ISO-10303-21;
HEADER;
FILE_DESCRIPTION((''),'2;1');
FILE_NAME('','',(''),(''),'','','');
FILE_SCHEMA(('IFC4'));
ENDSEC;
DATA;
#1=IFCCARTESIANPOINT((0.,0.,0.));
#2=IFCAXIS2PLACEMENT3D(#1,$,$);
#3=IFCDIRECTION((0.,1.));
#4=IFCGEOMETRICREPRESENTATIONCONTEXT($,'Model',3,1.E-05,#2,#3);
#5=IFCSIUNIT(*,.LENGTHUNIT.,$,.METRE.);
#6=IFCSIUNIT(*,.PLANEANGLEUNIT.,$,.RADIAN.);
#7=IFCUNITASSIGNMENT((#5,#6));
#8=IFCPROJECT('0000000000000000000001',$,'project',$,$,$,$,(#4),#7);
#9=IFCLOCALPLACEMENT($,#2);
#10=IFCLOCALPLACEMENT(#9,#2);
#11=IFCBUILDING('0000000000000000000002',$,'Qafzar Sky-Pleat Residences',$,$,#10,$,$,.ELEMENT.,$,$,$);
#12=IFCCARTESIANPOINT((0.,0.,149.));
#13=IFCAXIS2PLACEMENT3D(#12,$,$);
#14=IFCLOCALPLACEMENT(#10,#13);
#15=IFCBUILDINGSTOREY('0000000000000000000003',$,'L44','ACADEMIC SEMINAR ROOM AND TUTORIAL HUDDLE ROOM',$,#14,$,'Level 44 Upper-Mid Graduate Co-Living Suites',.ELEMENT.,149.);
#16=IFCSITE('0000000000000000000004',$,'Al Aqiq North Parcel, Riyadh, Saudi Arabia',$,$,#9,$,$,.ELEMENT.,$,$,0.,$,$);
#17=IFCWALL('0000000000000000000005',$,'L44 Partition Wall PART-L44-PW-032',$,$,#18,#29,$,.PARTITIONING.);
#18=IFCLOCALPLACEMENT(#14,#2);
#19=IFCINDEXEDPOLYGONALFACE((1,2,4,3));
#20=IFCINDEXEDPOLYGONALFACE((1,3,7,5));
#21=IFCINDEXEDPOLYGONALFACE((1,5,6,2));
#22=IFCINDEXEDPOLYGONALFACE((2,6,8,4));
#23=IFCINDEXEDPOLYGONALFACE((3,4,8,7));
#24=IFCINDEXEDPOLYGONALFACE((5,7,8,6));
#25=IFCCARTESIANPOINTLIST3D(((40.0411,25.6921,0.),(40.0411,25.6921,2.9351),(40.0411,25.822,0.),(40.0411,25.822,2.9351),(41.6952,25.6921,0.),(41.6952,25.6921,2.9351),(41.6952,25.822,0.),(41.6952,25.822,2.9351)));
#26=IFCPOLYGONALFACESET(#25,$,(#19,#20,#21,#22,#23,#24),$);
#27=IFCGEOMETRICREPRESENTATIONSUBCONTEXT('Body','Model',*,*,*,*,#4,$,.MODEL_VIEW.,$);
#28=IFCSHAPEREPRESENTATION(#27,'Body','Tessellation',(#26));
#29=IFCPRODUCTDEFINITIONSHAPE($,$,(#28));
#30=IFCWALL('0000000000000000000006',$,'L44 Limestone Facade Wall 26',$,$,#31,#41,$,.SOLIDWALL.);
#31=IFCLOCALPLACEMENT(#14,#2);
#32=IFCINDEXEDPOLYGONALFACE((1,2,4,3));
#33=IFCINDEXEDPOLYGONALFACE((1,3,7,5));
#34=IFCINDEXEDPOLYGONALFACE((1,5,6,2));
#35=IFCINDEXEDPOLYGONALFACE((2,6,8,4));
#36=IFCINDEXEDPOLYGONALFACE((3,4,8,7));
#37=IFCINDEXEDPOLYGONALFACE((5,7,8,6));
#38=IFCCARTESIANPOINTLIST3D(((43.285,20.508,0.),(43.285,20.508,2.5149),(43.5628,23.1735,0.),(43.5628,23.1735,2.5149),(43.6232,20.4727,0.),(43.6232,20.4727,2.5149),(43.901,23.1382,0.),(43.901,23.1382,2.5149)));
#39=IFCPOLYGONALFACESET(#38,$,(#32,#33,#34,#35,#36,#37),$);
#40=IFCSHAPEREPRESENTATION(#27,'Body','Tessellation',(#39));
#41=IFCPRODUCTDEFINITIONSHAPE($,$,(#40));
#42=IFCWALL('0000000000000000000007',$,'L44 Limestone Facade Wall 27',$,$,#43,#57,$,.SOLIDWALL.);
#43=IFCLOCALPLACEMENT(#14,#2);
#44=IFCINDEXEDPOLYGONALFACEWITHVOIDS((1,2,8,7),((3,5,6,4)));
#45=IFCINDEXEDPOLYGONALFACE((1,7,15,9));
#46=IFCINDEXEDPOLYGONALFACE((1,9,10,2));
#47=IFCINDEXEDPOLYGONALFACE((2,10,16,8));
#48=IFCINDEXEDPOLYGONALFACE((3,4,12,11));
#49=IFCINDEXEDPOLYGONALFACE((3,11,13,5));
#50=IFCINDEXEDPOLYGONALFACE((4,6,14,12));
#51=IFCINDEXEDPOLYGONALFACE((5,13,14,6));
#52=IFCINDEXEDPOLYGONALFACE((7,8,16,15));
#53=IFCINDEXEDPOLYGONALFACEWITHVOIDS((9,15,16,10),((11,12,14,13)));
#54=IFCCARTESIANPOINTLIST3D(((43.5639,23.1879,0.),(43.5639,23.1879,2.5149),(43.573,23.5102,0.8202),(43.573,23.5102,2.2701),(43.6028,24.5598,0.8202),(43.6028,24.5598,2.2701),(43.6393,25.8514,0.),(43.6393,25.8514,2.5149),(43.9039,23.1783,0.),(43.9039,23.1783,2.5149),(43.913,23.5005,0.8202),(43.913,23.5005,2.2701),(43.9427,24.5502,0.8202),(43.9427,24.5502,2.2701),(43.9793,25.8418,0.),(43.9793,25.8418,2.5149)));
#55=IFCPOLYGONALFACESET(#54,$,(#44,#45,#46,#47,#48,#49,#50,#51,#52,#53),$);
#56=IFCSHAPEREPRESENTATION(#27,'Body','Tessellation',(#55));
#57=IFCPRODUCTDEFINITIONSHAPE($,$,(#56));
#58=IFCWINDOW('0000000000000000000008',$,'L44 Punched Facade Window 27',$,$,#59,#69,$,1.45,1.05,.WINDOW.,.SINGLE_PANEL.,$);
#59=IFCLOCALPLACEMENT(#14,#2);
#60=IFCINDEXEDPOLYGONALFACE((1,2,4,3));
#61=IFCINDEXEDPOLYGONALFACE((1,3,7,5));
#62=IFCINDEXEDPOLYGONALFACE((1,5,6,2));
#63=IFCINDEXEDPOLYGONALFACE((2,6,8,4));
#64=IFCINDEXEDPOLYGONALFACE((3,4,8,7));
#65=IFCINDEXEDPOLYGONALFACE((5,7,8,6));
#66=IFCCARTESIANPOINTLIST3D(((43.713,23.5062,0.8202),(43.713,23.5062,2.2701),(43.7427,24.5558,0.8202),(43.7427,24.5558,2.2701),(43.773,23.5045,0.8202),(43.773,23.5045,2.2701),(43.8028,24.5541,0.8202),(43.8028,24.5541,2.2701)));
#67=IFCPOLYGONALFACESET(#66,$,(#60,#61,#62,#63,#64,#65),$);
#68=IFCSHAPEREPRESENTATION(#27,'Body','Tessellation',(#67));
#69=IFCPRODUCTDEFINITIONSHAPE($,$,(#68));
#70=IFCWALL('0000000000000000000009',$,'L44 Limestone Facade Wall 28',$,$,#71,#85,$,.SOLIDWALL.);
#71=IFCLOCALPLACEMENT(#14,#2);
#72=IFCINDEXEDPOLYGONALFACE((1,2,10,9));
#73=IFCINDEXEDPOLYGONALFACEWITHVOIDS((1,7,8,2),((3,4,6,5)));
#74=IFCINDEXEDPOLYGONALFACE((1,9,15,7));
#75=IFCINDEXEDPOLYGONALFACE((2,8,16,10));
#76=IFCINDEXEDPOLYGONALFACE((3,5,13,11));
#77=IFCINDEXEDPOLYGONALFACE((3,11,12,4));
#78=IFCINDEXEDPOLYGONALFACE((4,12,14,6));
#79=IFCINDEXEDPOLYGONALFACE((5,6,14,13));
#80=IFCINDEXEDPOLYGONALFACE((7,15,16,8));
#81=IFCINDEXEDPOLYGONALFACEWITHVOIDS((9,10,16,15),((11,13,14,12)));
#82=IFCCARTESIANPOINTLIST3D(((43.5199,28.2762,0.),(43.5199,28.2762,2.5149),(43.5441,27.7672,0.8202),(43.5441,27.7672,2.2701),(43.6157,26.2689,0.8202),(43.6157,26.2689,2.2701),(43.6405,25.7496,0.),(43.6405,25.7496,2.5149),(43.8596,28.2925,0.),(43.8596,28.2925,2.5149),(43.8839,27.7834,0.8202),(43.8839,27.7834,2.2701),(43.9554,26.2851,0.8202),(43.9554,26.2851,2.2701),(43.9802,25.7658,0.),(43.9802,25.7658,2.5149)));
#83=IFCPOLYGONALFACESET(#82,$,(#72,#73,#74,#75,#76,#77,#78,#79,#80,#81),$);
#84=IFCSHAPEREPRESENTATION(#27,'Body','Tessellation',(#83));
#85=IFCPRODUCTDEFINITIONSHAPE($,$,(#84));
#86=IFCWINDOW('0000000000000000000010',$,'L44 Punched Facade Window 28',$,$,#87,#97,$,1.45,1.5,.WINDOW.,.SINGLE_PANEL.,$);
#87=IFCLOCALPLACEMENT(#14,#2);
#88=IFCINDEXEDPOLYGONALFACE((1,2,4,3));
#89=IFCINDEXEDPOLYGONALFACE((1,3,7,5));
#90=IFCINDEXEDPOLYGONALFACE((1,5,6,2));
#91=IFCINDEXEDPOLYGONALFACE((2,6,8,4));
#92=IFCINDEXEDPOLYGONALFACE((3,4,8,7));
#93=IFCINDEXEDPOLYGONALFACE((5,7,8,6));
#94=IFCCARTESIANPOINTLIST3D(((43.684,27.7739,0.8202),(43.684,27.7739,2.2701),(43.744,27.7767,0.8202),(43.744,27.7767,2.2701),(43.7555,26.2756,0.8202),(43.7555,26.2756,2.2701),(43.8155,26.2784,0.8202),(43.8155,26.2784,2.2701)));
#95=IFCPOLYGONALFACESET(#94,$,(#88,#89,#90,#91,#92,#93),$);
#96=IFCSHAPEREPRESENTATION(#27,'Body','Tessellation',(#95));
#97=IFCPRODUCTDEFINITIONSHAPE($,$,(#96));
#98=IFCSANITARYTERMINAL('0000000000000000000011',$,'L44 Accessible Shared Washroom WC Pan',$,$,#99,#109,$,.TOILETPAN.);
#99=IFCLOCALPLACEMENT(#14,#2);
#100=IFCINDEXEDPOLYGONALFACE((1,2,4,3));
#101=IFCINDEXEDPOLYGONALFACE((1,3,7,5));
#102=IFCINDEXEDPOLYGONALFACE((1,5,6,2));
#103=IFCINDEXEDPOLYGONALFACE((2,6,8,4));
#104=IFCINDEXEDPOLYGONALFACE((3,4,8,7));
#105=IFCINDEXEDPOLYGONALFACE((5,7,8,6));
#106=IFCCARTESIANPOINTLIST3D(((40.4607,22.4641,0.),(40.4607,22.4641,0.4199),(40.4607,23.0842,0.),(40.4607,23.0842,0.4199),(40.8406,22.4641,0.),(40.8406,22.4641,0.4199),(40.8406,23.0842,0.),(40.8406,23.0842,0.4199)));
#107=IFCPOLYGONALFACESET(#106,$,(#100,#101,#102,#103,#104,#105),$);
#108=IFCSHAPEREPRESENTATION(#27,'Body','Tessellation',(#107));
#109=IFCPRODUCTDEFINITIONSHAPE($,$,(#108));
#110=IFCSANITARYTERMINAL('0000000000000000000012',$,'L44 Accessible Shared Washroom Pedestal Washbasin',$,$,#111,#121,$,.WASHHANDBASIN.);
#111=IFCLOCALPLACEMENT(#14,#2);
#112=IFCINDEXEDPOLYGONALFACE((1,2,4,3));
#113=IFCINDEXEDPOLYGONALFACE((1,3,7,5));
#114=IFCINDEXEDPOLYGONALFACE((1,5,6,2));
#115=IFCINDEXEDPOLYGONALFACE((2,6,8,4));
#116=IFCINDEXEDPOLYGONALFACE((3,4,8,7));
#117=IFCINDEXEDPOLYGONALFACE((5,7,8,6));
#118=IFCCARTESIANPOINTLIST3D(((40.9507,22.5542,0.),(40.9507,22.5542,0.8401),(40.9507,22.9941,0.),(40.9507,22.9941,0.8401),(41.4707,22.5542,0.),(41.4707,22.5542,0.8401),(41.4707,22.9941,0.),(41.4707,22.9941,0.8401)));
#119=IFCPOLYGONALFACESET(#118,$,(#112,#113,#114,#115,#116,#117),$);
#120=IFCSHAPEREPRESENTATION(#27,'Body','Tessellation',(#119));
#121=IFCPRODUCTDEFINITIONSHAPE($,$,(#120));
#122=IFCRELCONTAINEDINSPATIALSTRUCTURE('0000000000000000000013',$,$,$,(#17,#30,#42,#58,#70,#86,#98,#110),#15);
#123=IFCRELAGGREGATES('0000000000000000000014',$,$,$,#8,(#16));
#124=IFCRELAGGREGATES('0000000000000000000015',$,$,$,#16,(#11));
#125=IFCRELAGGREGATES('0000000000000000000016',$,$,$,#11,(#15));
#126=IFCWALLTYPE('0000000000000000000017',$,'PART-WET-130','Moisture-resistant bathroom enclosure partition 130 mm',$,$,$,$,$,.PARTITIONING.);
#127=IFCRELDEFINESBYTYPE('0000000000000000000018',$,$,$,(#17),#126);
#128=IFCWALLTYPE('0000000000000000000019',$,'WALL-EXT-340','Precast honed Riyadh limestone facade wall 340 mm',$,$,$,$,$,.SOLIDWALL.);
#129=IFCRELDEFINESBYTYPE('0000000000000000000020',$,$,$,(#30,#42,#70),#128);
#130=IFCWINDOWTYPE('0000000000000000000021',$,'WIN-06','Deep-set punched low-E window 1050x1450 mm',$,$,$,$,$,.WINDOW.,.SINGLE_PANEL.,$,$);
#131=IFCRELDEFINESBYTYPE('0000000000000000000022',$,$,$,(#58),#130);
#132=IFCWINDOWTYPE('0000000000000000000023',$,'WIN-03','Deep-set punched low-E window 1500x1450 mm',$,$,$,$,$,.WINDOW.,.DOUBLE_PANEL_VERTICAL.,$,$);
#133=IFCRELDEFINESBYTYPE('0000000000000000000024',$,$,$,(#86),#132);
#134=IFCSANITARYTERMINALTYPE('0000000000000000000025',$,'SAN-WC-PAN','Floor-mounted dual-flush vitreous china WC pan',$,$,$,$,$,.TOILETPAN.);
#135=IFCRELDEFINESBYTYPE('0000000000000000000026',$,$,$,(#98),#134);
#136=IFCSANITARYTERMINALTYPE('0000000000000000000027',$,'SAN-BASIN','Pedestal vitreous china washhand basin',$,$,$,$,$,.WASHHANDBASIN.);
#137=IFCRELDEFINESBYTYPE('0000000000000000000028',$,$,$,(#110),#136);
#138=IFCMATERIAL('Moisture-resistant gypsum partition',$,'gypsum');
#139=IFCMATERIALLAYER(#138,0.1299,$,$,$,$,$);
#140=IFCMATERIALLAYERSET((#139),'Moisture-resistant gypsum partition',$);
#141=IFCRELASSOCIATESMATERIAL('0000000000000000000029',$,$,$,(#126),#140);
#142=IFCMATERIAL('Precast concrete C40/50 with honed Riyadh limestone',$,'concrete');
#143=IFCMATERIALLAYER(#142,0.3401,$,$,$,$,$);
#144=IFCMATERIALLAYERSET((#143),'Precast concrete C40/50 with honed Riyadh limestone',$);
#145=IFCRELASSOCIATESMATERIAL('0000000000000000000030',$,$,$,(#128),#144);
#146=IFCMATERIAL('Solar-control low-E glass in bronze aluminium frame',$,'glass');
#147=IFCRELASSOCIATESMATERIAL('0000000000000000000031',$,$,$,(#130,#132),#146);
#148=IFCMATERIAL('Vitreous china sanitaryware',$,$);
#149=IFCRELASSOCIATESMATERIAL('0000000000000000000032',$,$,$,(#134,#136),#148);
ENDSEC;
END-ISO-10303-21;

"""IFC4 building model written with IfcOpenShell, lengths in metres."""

from ifc_helpers import new_model, si_unit, direction, frame, frame_2d, origin, origin_2d, place, context, subcontext, project, spatial, rectangle, extrude, source, transform, mapped, material, layer, layer_set, type_object, element, fill, save


model = new_model("IFC4")

# Units and contexts
model_context = context("Model", 3, precision=1e-05, world=origin(), true_north=direction((0.0, 1.0)))
body_context = subcontext(model_context, "Body", "Model", "MODEL_VIEW")
ifc_project = project(units=[si_unit("LENGTHUNIT", "METRE"), si_unit("PLANEANGLEUNIT", "RADIAN")], contexts=[model_context])

# Site, building, storey
site_placement = place(None, origin())
site = spatial("IfcSite", under=ifc_project, at=site_placement, Name="Al Aqiq North Parcel, Riyadh, Saudi Arabia", CompositionType="ELEMENT", RefElevation=0.0)
building_placement = place(site_placement, origin())
building = spatial("IfcBuilding", under=site, at=building_placement, Name="Qafzar Sky-Pleat Residences", CompositionType="ELEMENT")
storey_placement = place(building_placement, frame((0.0, 0.0, 149.0)))
storey = spatial("IfcBuildingStorey", under=building, at=storey_placement, Name="L44", Description="ACADEMIC SEMINAR ROOM AND TUTORIAL HUDDLE ROOM", LongName="Level 44 Upper-Mid Graduate Co-Living Suites", CompositionType="ELEMENT", Elevation=149.0)

# Walls
ifc_material_1 = material(Name="Moisture-resistant gypsum partition", Category="gypsum")
ifc_layer_1 = layer(ifc_material_1, 0.1299)
ifc_layer_set_1 = layer_set([ifc_layer_1], Name="Moisture-resistant gypsum partition")
wall_type_1 = type_object("IfcWallType", Name="PART-WET-130", Description="Moisture-resistant bathroom enclosure partition 130 mm", PredefinedType="PARTITIONING", material=ifc_layer_set_1)
wall_1_placement = place(storey_placement, frame((40.041, 25.7571, 0.0), z_axis=(0.0, 0.0, 1.0), x_axis=(1.0, 0.0, 0.0)))
element("IfcWall", 1, at=wall_1_placement, inside=storey, type_object=wall_type_1, Name="L44 Partition Wall PART-L44-PW-032", PredefinedType="PARTITIONING", context=body_context, shape_type="SweptSolid", body=[
    extrude(rectangle(XDim=1.6541, YDim=0.1299, at=frame_2d((0.8271, 0.0))), origin(), (0.0, 0.0, 1.0), 2.9351),
])
ifc_material_2 = material(Name="Precast concrete C40/50 with honed Riyadh limestone", Category="concrete")
ifc_layer_2 = layer(ifc_material_2, 0.3401)
ifc_layer_set_2 = layer_set([ifc_layer_2], Name="Precast concrete C40/50 with honed Riyadh limestone")
wall_type_2 = type_object("IfcWallType", Name="WALL-EXT-340", Description="Precast honed Riyadh limestone facade wall 340 mm", PredefinedType="SOLIDWALL", material=ifc_layer_set_2)
wall_2_placement = place(storey_placement, frame((43.4541, 20.4905, 0.0), z_axis=(0.0, 0.0, 1.0), x_axis=(0.10367, 0.994612, 0.0)))
element("IfcWall", 2, at=wall_2_placement, inside=storey, type_object=wall_type_2, Name="L44 Limestone Facade Wall 26", PredefinedType="SOLIDWALL", context=body_context, shape_type="SweptSolid", body=[
    extrude(rectangle(XDim=2.6799, YDim=0.3401, at=frame_2d((1.3398, 0.0))), origin(), (0.0, 0.0, 1.0), 2.5149),
])

# Walls, openings, windows
wall_3_placement = place(storey_placement, frame((43.7339, 23.1831, 0.0), z_axis=(0.0, 0.0, 1.0), x_axis=(0.028311, 0.999599, 0.0)))
wall_3 = element("IfcWall", 3, at=wall_3_placement, inside=storey, type_object=wall_type_2, Name="L44 Limestone Facade Wall 27", PredefinedType="SOLIDWALL", context=body_context, shape_type="SweptSolid", body=[
    extrude(rectangle(XDim=2.6646, YDim=0.3401, at=frame_2d((1.3323, 0.0))), origin(), (0.0, 0.0, 1.0), 2.5149),
])
opening_1_placement = place(wall_3_placement, frame((0.3225, 0.0, 0.8201)))
opening_1 = element("IfcOpeningElement", 4, at=opening_1_placement, cuts=wall_3, PredefinedType="OPENING", context=body_context, shape_type="SweptSolid", body=[
    extrude(rectangle(XDim=1.05, YDim=1.45, at=frame_2d((0.5249, 0.7251))), frame((0.0, 0.1802, 0.0), z_axis=(0.0, -1.0, 0.0), x_axis=(1.0, 0.0, 0.0)), (0.0, 0.0, 1.0), 0.3601),
])
ifc_material_3 = material(Name="Solar-control low-E glass in bronze aluminium frame", Category="glass")
window_type_1 = type_object("IfcWindowType", Name="WIN-06", Description="Deep-set punched low-E window 1050x1450 mm", PartitioningType="SINGLE_PANEL", PredefinedType="WINDOW", material=ifc_material_3)
shared_shape_1 = source(origin(), body_context, "Body", "SweptSolid", [
    extrude(rectangle(XDim=1.05, YDim=1.45, at=frame_2d((0.5249, 0.7251))), frame((0.0, 0.03, 0.0), z_axis=(0.0, -1.0, 0.0), x_axis=(1.0, 0.0, 0.0)), (0.0, 0.0, 1.0), 0.0601),
])
window_1_placement = place(opening_1_placement, origin())
window_1 = element("IfcWindow", 5, at=window_1_placement, inside=storey, type_object=window_type_1, Name="L44 Punched Facade Window 27", OverallHeight=1.45, OverallWidth=1.05, PartitioningType="SINGLE_PANEL", PredefinedType="WINDOW", context=body_context, shape_type="MappedRepresentation", body=[
    mapped(shared_shape_1, transform((0.0, 0.0, 0.0), x_axis=(1.0, 0.0, 0.0), y_axis=(0.0, 1.0, 0.0), z_axis=(0.0, 0.0, 1.0), scale=1.0)),
])
fill(opening_1, window_1)
wall_4_placement = place(storey_placement, frame((43.8103, 25.7578, 0.0), z_axis=(0.0, 0.0, 1.0), x_axis=(-0.04768, 0.998863, 0.0)))
wall_4 = element("IfcWall", 6, at=wall_4_placement, inside=storey, type_object=wall_type_2, Name="L44 Limestone Facade Wall 28", PredefinedType="SOLIDWALL", context=body_context, shape_type="SweptSolid", body=[
    extrude(rectangle(XDim=2.5295, YDim=0.3401, at=frame_2d((1.2646, 0.0))), origin(), (0.0, 0.0, 1.0), 2.5149),
])
opening_2_placement = place(wall_4_placement, frame((0.5198, 0.0, 0.8201)))
opening_2 = element("IfcOpeningElement", 7, at=opening_2_placement, cuts=wall_4, PredefinedType="OPENING", context=body_context, shape_type="SweptSolid", body=[
    extrude(rectangle(XDim=1.5, YDim=1.45, at=frame_2d((0.75, 0.7251))), frame((0.0, 0.1802, 0.0), z_axis=(0.0, -1.0, 0.0), x_axis=(1.0, 0.0, 0.0)), (0.0, 0.0, 1.0), 0.3601),
])
window_type_2 = type_object("IfcWindowType", Name="WIN-03", Description="Deep-set punched low-E window 1500x1450 mm", PartitioningType="DOUBLE_PANEL_VERTICAL", PredefinedType="WINDOW", material=ifc_material_3)
shared_shape_2 = source(origin(), body_context, "Body", "SweptSolid", [
    extrude(rectangle(XDim=1.5, YDim=1.45, at=frame_2d((0.75, 0.7251))), frame((0.0, 0.03, 0.0), z_axis=(0.0, -1.0, 0.0), x_axis=(1.0, 0.0, 0.0)), (0.0, 0.0, 1.0), 0.0601),
])
window_2_placement = place(opening_2_placement, origin())
window_2 = element("IfcWindow", 8, at=window_2_placement, inside=storey, type_object=window_type_2, Name="L44 Punched Facade Window 28", OverallHeight=1.45, OverallWidth=1.5, PartitioningType="SINGLE_PANEL", PredefinedType="WINDOW", context=body_context, shape_type="MappedRepresentation", body=[
    mapped(shared_shape_2, transform((0.0, 0.0, 0.0), x_axis=(1.0, 0.0, 0.0), y_axis=(0.0, 1.0, 0.0), z_axis=(0.0, 0.0, 1.0), scale=1.0)),
])
fill(opening_2, window_2)

# Sanitary terminals
ifc_material_4 = material(Name="Vitreous china sanitaryware")
sanitary_terminal_type_1 = type_object("IfcSanitaryTerminalType", Name="SAN-WC-PAN", Description="Floor-mounted dual-flush vitreous china WC pan", PredefinedType="TOILETPAN", material=ifc_material_4)
shared_shape_3 = source(origin(), body_context, "Body", "SweptSolid", [
    extrude(rectangle(XDim=0.3799, YDim=0.6201, at=origin_2d()), origin(), (0.0, 0.0, 1.0), 0.4199),
])
sanitary_terminal_1_placement = place(storey_placement, frame((40.6506, 22.7742, 0.0), z_axis=(0.0, 0.0, 1.0), x_axis=(1.0, 0.0, 0.0)))
element("IfcSanitaryTerminal", 9, at=sanitary_terminal_1_placement, inside=storey, type_object=sanitary_terminal_type_1, Name="L44 Accessible Shared Washroom WC Pan", PredefinedType="TOILETPAN", context=body_context, shape_type="MappedRepresentation", body=[
    mapped(shared_shape_3, transform((0.0, 0.0, 0.0), x_axis=(1.0, 0.0, 0.0), y_axis=(0.0, 1.0, 0.0), z_axis=(0.0, 0.0, 1.0), scale=1.0)),
])
sanitary_terminal_type_2 = type_object("IfcSanitaryTerminalType", Name="SAN-BASIN", Description="Pedestal vitreous china washhand basin", PredefinedType="WASHHANDBASIN", material=ifc_material_4)
shared_shape_4 = source(origin(), body_context, "Body", "SweptSolid", [
    extrude(rectangle(XDim=0.52, YDim=0.4399, at=origin_2d()), origin(), (0.0, 0.0, 1.0), 0.8401),
])
sanitary_terminal_2_placement = place(storey_placement, frame((41.2107, 22.7742, 0.0), z_axis=(0.0, 0.0, 1.0), x_axis=(1.0, 0.0, 0.0)))
element("IfcSanitaryTerminal", 10, at=sanitary_terminal_2_placement, inside=storey, type_object=sanitary_terminal_type_2, Name="L44 Accessible Shared Washroom Pedestal Washbasin", PredefinedType="WASHHANDBASIN", context=body_context, shape_type="MappedRepresentation", body=[
    mapped(shared_shape_4, transform((0.0, 0.0, 0.0), x_axis=(1.0, 0.0, 0.0), y_axis=(0.0, 1.0, 0.0), z_axis=(0.0, 0.0, 1.0), scale=1.0)),
])

save(model, "model.ifc")
